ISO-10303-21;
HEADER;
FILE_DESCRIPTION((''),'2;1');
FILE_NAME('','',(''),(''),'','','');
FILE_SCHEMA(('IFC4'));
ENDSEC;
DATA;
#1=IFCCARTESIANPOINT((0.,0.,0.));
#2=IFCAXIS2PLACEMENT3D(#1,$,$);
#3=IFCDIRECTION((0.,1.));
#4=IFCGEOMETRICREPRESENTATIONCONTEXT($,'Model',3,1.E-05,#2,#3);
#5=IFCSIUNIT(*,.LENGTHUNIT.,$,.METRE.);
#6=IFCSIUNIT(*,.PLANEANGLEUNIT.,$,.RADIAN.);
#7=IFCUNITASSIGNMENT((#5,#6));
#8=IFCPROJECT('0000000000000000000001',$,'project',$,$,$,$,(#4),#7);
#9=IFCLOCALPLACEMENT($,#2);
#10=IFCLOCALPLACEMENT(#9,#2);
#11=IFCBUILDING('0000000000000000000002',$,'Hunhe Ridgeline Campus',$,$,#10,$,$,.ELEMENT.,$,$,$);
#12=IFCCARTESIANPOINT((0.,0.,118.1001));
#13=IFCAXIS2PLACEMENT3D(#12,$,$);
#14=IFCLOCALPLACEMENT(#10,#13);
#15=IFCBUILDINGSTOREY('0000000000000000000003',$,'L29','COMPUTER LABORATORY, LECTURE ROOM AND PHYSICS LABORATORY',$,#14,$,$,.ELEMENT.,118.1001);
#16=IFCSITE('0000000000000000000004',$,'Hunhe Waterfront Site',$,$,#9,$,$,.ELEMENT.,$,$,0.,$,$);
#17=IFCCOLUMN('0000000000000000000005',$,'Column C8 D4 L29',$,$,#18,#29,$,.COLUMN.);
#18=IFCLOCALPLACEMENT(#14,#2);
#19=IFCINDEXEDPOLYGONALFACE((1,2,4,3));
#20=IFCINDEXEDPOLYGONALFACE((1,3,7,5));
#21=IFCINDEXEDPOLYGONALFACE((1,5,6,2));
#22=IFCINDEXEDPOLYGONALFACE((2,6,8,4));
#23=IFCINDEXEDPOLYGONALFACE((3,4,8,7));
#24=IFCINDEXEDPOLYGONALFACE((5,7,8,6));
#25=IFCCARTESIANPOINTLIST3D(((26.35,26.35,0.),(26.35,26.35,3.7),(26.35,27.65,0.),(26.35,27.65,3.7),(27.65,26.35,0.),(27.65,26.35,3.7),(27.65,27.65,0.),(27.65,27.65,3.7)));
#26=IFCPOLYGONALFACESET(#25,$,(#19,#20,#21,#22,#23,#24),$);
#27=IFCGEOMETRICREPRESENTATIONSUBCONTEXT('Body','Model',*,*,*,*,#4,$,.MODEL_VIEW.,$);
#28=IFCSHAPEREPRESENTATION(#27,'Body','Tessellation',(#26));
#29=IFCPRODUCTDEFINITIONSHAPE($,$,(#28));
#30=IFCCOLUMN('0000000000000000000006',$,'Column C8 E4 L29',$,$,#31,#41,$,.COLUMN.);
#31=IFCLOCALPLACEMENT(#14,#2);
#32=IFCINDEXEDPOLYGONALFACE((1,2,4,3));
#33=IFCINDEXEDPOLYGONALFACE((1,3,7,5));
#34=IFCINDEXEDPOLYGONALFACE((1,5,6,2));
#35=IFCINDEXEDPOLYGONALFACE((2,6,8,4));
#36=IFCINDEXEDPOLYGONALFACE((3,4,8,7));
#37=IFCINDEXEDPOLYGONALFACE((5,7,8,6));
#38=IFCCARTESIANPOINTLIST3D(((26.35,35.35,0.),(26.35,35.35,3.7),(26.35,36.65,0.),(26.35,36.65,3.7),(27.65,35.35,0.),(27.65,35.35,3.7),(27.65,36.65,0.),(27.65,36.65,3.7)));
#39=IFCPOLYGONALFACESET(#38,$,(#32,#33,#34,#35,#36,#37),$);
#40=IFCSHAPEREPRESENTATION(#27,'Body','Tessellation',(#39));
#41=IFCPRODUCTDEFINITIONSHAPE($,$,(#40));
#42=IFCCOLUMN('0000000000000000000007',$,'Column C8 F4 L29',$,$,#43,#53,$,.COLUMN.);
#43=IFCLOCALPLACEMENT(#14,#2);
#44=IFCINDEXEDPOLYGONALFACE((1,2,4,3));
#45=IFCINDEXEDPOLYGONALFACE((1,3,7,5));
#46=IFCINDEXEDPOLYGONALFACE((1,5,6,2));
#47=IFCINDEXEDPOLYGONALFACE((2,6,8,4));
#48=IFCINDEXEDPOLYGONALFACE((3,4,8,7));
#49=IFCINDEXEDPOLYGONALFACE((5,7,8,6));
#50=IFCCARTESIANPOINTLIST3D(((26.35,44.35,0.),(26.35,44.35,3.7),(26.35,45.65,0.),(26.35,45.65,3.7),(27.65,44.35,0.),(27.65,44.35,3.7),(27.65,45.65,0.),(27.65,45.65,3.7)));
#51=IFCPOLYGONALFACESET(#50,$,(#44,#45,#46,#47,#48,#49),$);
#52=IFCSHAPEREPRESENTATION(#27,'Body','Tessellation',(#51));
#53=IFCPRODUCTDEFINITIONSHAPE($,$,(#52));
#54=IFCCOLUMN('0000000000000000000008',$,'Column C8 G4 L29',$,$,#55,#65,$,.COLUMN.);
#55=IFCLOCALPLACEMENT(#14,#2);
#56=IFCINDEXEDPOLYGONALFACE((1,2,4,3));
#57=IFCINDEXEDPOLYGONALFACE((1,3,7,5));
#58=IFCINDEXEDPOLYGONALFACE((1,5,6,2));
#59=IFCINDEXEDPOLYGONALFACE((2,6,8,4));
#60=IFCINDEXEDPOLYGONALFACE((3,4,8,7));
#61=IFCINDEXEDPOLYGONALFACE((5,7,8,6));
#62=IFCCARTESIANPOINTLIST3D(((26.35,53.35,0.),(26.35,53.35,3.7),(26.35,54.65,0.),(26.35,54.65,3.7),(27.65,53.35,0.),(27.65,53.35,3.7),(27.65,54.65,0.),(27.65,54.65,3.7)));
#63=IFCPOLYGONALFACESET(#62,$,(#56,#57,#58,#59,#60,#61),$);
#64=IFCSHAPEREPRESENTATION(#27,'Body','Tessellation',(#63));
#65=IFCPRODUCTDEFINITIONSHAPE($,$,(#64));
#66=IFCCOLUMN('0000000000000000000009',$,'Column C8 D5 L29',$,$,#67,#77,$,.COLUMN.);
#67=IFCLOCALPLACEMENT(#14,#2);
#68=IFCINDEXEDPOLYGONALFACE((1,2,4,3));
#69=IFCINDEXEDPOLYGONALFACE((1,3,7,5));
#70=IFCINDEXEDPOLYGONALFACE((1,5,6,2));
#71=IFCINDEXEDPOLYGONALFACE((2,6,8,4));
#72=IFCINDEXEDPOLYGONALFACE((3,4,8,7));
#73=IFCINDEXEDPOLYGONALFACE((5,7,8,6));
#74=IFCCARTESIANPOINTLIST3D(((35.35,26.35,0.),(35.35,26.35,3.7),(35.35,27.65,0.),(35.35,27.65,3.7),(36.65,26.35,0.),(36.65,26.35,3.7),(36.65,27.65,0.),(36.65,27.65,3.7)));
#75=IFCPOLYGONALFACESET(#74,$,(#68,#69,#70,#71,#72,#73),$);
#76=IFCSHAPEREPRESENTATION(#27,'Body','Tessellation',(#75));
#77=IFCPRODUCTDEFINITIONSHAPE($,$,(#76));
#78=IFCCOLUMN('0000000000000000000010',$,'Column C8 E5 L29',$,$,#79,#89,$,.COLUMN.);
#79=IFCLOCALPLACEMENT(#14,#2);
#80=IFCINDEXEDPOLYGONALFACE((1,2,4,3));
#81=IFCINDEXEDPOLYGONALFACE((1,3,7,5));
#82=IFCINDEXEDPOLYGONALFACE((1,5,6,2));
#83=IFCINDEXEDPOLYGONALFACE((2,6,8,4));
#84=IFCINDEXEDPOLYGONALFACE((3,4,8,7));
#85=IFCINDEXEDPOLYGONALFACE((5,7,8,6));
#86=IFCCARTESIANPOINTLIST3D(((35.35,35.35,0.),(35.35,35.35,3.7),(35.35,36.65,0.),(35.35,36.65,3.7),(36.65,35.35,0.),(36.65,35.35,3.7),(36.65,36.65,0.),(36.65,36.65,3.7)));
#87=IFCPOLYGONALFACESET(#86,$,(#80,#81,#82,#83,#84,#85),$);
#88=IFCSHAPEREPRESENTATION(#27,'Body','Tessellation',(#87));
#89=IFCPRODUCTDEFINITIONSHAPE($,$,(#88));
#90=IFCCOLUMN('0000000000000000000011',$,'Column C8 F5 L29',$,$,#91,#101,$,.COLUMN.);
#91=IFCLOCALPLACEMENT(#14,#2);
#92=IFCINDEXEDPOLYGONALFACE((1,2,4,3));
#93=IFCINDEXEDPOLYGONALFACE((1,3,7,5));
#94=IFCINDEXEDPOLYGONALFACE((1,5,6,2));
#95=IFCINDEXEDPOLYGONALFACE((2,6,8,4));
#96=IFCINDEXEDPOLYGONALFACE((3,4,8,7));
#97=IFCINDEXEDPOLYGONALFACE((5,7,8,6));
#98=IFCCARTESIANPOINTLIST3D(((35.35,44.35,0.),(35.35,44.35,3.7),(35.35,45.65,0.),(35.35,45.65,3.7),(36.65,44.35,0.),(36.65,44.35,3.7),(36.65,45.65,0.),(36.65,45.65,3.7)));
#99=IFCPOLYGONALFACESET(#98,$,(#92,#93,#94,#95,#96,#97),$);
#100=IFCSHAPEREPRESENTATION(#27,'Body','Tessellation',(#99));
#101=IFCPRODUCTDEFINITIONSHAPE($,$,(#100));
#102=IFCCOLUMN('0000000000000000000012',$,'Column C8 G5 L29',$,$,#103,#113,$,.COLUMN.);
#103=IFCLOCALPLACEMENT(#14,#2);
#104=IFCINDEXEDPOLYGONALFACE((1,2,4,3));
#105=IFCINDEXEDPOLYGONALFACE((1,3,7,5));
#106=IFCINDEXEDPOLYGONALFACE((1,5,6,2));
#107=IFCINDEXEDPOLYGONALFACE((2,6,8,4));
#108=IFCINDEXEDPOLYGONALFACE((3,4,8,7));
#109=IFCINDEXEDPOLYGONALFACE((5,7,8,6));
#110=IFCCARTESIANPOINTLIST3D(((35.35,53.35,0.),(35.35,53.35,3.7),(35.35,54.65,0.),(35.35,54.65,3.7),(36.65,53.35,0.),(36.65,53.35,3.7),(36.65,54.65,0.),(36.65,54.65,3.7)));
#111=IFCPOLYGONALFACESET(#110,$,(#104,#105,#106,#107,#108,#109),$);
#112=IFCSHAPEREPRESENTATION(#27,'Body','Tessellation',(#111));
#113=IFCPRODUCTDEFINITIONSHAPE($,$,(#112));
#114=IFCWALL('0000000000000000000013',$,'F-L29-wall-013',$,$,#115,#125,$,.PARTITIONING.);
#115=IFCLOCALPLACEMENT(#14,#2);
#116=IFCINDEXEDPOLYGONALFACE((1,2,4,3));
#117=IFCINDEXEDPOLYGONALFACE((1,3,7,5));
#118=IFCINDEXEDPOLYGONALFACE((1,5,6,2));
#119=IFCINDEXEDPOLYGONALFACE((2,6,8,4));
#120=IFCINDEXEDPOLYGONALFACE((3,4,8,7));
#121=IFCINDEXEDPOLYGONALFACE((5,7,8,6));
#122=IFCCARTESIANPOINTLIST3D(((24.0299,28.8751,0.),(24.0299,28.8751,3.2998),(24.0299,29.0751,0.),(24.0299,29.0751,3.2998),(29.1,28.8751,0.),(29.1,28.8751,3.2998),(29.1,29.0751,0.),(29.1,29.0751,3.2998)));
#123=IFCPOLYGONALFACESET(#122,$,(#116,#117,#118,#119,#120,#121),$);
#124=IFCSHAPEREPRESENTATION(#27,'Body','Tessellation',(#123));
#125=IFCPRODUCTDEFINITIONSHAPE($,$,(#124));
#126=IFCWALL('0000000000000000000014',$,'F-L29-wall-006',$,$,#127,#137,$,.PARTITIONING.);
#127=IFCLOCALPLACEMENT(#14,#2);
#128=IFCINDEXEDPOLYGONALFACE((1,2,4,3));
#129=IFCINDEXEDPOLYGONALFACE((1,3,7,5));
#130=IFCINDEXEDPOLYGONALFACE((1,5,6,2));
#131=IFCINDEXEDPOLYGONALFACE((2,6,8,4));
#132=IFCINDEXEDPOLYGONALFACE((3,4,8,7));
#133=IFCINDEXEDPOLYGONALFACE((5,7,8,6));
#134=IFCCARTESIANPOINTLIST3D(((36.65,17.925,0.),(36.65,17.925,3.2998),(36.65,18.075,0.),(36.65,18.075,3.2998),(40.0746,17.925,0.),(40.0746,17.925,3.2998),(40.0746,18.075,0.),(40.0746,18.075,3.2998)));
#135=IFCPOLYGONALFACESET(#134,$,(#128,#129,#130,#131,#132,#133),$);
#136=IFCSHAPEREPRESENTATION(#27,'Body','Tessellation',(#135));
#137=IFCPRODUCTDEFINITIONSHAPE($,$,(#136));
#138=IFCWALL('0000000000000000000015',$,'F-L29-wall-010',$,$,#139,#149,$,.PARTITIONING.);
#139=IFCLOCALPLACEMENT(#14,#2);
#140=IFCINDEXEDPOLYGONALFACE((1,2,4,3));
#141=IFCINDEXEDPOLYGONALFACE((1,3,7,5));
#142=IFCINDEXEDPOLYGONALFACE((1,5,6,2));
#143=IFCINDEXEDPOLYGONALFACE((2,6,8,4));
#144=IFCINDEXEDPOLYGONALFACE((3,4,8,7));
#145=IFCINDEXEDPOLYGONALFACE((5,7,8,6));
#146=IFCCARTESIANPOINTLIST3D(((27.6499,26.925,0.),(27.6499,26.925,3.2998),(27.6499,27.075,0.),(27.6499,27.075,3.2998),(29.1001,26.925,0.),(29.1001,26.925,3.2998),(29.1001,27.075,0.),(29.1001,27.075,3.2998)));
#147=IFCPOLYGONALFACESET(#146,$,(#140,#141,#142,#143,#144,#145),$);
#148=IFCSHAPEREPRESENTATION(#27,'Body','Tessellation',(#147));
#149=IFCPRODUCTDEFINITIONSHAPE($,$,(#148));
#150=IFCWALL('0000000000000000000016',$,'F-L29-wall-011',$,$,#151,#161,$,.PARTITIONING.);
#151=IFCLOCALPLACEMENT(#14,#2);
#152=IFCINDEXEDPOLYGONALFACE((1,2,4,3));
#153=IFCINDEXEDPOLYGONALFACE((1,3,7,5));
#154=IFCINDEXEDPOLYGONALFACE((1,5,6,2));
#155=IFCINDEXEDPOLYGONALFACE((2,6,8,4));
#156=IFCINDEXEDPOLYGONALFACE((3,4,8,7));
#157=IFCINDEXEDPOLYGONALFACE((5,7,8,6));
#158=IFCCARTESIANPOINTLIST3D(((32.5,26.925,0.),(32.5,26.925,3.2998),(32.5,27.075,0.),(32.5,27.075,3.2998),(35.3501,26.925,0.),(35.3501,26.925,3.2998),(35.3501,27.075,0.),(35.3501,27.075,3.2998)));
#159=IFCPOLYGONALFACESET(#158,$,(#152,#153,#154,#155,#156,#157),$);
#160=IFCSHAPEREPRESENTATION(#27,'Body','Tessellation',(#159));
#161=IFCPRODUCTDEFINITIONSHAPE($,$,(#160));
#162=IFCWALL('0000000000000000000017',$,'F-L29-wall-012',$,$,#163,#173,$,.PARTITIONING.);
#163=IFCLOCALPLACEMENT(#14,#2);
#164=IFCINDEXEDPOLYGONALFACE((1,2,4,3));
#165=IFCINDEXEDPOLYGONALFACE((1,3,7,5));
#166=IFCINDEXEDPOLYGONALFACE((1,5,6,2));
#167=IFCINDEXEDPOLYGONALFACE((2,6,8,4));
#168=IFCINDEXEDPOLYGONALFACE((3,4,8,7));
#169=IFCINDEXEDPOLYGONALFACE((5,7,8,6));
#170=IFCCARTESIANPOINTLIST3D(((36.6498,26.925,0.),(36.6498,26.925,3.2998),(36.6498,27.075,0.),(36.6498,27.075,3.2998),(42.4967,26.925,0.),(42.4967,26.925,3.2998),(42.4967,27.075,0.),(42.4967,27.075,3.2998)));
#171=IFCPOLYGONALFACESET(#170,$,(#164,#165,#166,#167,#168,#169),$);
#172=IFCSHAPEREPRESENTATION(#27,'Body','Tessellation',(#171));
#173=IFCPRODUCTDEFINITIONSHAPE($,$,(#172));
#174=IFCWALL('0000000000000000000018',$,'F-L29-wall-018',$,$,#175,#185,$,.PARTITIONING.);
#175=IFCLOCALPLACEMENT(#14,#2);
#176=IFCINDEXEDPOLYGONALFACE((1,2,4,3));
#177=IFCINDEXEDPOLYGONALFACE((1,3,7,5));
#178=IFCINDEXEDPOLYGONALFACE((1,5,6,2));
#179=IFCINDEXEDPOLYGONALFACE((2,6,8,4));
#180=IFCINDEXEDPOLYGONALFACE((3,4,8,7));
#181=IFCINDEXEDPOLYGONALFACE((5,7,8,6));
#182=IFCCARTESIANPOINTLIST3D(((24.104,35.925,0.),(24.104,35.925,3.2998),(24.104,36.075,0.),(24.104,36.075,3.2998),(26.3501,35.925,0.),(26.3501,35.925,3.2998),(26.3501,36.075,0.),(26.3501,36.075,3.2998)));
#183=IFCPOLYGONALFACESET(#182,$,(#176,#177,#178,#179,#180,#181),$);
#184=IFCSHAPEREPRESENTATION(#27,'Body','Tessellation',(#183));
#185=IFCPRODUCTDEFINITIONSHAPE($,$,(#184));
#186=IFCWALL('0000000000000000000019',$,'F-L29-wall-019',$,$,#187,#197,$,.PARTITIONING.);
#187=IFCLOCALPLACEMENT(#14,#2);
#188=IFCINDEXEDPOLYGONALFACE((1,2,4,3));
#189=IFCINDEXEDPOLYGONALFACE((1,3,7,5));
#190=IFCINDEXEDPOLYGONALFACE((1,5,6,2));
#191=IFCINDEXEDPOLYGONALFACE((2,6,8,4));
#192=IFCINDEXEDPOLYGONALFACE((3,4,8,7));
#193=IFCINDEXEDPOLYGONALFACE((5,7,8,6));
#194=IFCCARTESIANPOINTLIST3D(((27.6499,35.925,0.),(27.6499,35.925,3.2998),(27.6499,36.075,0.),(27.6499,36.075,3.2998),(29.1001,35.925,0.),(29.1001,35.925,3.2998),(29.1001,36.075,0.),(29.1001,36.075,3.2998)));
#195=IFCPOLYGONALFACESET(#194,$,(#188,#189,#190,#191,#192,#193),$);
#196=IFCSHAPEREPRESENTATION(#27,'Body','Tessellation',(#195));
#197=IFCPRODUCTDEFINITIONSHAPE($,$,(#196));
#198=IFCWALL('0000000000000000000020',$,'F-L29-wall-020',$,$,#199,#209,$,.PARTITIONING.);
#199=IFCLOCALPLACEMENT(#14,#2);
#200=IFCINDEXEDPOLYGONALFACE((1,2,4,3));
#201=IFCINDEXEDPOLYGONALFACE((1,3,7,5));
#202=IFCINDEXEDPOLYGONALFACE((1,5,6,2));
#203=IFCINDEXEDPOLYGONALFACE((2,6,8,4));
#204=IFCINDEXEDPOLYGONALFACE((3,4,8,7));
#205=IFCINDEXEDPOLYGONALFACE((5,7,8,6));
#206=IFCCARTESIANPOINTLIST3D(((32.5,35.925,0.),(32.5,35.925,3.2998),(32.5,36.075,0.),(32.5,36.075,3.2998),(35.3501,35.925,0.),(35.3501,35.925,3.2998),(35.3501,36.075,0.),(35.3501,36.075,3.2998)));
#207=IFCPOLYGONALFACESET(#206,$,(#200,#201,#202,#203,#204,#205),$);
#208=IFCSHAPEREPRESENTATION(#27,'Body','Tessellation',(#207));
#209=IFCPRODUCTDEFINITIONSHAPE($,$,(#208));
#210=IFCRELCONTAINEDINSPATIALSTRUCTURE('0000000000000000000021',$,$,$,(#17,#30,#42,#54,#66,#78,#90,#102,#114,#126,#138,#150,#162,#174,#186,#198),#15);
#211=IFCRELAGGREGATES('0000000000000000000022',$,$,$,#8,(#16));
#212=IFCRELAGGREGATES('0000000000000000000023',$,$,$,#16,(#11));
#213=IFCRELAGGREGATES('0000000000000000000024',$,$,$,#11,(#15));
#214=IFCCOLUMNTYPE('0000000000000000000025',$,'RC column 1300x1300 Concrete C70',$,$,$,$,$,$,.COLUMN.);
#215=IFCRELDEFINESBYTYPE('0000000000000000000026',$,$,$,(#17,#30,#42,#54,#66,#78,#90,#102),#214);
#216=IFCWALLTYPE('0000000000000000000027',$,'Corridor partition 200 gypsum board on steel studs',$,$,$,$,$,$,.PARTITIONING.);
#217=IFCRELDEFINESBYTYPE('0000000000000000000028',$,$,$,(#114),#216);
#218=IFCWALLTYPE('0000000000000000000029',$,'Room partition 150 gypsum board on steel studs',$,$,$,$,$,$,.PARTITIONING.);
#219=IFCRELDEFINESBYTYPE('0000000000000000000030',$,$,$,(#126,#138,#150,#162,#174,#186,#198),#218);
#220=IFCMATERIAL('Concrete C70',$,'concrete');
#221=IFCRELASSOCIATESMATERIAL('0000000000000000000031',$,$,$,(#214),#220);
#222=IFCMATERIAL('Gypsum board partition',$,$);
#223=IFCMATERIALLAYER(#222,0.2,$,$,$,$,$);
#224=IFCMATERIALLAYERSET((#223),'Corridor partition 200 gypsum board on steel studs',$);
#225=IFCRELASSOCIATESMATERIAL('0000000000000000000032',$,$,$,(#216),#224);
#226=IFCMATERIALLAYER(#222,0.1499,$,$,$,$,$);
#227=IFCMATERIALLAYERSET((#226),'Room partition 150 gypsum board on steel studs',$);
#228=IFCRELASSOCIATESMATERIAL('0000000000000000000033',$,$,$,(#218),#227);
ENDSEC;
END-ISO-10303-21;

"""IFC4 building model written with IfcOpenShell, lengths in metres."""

from ifc_helpers import new_model, si_unit, direction, frame, frame_2d, origin, origin_2d, place, context, subcontext, project, spatial, rectangle, extrude, material, layer, layer_set, material_profile, profile_set, type_object, element, save


model = new_model("IFC4")

# Units and contexts
model_context = context("Model", 3, precision=1e-05, world=origin(), true_north=direction((0.0, 1.0)))
body_context = subcontext(model_context, "Body", "Model", "MODEL_VIEW")
ifc_project = project(units=[si_unit("LENGTHUNIT", "METRE"), si_unit("PLANEANGLEUNIT", "RADIAN")], contexts=[model_context])

# Site, building, storey
site_placement = place(None, origin())
site = spatial("IfcSite", under=ifc_project, at=site_placement, Name="Hunhe Waterfront Site", CompositionType="ELEMENT", RefElevation=0.0)
building_placement = place(site_placement, origin())
building = spatial("IfcBuilding", under=site, at=building_placement, Name="Hunhe Ridgeline Campus", CompositionType="ELEMENT")
storey_placement = place(building_placement, frame((0.0, 0.0, 118.1001)))
storey = spatial("IfcBuildingStorey", under=building, at=storey_placement, Name="L29", Description="COMPUTER LABORATORY, LECTURE ROOM AND PHYSICS LABORATORY", CompositionType="ELEMENT", Elevation=118.1001)

# Columns
ifc_material_1 = material(Name="Concrete C70", Category="concrete")
ifc_material_profile = material_profile(ifc_material_1, rectangle(XDim=1.3, YDim=1.3, at=origin_2d()))
ifc_profile_set = profile_set([ifc_material_profile], Name="Concrete C70")
column_type = type_object("IfcColumnType", Name="RC column 1300x1300 Concrete C70", PredefinedType="COLUMN", material=ifc_profile_set)
for number, where, z_axis, x_axis, name in (
    (1, (27.0, 27.0, 0.0), (0.0, 0.0, 1.0), (1.0, 0.0, 0.0), "Column C8 D4 L29"),
    (2, (27.0, 36.0, 0.0), (0.0, 0.0, 1.0), (1.0, 0.0, 0.0), "Column C8 E4 L29"),
    (3, (27.0, 45.0, 0.0), (0.0, 0.0, 1.0), (1.0, 0.0, 0.0), "Column C8 F4 L29"),
    (4, (27.0, 54.0, 0.0), (0.0, 0.0, 1.0), (1.0, 0.0, 0.0), "Column C8 G4 L29"),
    (5, (36.0, 27.0, 0.0), (0.0, 0.0, 1.0), (1.0, 0.0, 0.0), "Column C8 D5 L29"),
    (6, (36.0, 36.0, 0.0), (0.0, 0.0, 1.0), (1.0, 0.0, 0.0), "Column C8 E5 L29"),
    (7, (36.0, 45.0, 0.0), (0.0, 0.0, 1.0), (1.0, 0.0, 0.0), "Column C8 F5 L29"),
    (8, (36.0, 54.0, 0.0), (0.0, 0.0, 1.0), (1.0, 0.0, 0.0), "Column C8 G5 L29"),
):
    element("IfcColumn", number, at=place(storey_placement, frame(where, z_axis=z_axis, x_axis=x_axis)), inside=storey, type_object=column_type, Name=name, PredefinedType="COLUMN", context=body_context, shape_type="SweptSolid", body=[
        extrude(rectangle(XDim=1.3, YDim=1.3, at=origin_2d()), origin(), (0.0, 0.0, 1.0), 3.7),
    ])

# Wall
ifc_material_2 = material(Name="Gypsum board partition")
ifc_layer_1 = layer(ifc_material_2, 0.2)
ifc_layer_set_1 = layer_set([ifc_layer_1], Name="Corridor partition 200 gypsum board on steel studs")
wall_type_1 = type_object("IfcWallType", Name="Corridor partition 200 gypsum board on steel studs", PredefinedType="PARTITIONING", material=ifc_layer_set_1)
wall_1_placement = place(storey_placement, frame((29.1001, 28.9751, 0.0), z_axis=(0.0, 0.0, 1.0), x_axis=(-1.0, 0.0, 0.0)))
element("IfcWall", 9, at=wall_1_placement, inside=storey, type_object=wall_type_1, Name="F-L29-wall-013", PredefinedType="PARTITIONING", context=body_context, shape_type="SweptSolid", body=[
    extrude(rectangle(XDim=5.0701, YDim=0.2, at=frame_2d((2.5352, 0.0))), origin(), (0.0, 0.0, 1.0), 3.2998),
])

# Walls
ifc_layer_2 = layer(ifc_material_2, 0.1499)
ifc_layer_set_2 = layer_set([ifc_layer_2], Name="Room partition 150 gypsum board on steel studs")
wall_type_2 = type_object("IfcWallType", Name="Room partition 150 gypsum board on steel studs", PredefinedType="PARTITIONING", material=ifc_layer_set_2)
wall_2_placement = place(storey_placement, frame((36.6499, 18.0, 0.0), z_axis=(0.0, 0.0, 1.0), x_axis=(1.0, 0.0, 0.0)))
element("IfcWall", 10, at=wall_2_placement, inside=storey, type_object=wall_type_2, Name="F-L29-wall-006", PredefinedType="PARTITIONING", context=body_context, shape_type="SweptSolid", body=[
    extrude(rectangle(XDim=3.4246, YDim=0.1499, at=frame_2d((1.7124, 0.0))), origin(), (0.0, 0.0, 1.0), 3.2998),
])
wall_3_placement = place(storey_placement, frame((27.6499, 27.0, 0.0), z_axis=(0.0, 0.0, 1.0), x_axis=(1.0, 0.0, 0.0)))
element("IfcWall", 11, at=wall_3_placement, inside=storey, type_object=wall_type_2, Name="F-L29-wall-010", PredefinedType="PARTITIONING", context=body_context, shape_type="SweptSolid", body=[
    extrude(rectangle(XDim=1.4502, YDim=0.1499, at=frame_2d((0.7251, 0.0))), origin(), (0.0, 0.0, 1.0), 3.2998),
])
wall_4_placement = place(storey_placement, frame((32.5, 27.0, 0.0), z_axis=(0.0, 0.0, 1.0), x_axis=(1.0, 0.0, 0.0)))
element("IfcWall", 12, at=wall_4_placement, inside=storey, type_object=wall_type_2, Name="F-L29-wall-011", PredefinedType="PARTITIONING", context=body_context, shape_type="SweptSolid", body=[
    extrude(rectangle(XDim=2.8501, YDim=0.1499, at=frame_2d((1.425, 0.0))), origin(), (0.0, 0.0, 1.0), 3.2998),
])
wall_5_placement = place(storey_placement, frame((36.6499, 27.0, 0.0), z_axis=(0.0, 0.0, 1.0), x_axis=(1.0, 0.0, 0.0)))
element("IfcWall", 13, at=wall_5_placement, inside=storey, type_object=wall_type_2, Name="F-L29-wall-012", PredefinedType="PARTITIONING", context=body_context, shape_type="SweptSolid", body=[
    extrude(rectangle(XDim=5.8469, YDim=0.1499, at=frame_2d((2.9233, 0.0))), origin(), (0.0, 0.0, 1.0), 3.2998),
])
wall_6_placement = place(storey_placement, frame((24.104, 36.0, 0.0), z_axis=(0.0, 0.0, 1.0), x_axis=(1.0, 0.0, 0.0)))
element("IfcWall", 14, at=wall_6_placement, inside=storey, type_object=wall_type_2, Name="F-L29-wall-018", PredefinedType="PARTITIONING", context=body_context, shape_type="SweptSolid", body=[
    extrude(rectangle(XDim=2.2461, YDim=0.1499, at=frame_2d((1.123, 0.0))), origin(), (0.0, 0.0, 1.0), 3.2998),
])
wall_7_placement = place(storey_placement, frame((27.6499, 36.0, 0.0), z_axis=(0.0, 0.0, 1.0), x_axis=(1.0, 0.0, 0.0)))
element("IfcWall", 15, at=wall_7_placement, inside=storey, type_object=wall_type_2, Name="F-L29-wall-019", PredefinedType="PARTITIONING", context=body_context, shape_type="SweptSolid", body=[
    extrude(rectangle(XDim=1.4502, YDim=0.1499, at=frame_2d((0.7251, 0.0))), origin(), (0.0, 0.0, 1.0), 3.2998),
])
wall_8_placement = place(storey_placement, frame((32.5, 36.0, 0.0), z_axis=(0.0, 0.0, 1.0), x_axis=(1.0, 0.0, 0.0)))
element("IfcWall", 16, at=wall_8_placement, inside=storey, type_object=wall_type_2, Name="F-L29-wall-020", PredefinedType="PARTITIONING", context=body_context, shape_type="SweptSolid", body=[
    extrude(rectangle(XDim=2.8501, YDim=0.1499, at=frame_2d((1.425, 0.0))), origin(), (0.0, 0.0, 1.0), 3.2998),
])

save(model, "model.ifc")
